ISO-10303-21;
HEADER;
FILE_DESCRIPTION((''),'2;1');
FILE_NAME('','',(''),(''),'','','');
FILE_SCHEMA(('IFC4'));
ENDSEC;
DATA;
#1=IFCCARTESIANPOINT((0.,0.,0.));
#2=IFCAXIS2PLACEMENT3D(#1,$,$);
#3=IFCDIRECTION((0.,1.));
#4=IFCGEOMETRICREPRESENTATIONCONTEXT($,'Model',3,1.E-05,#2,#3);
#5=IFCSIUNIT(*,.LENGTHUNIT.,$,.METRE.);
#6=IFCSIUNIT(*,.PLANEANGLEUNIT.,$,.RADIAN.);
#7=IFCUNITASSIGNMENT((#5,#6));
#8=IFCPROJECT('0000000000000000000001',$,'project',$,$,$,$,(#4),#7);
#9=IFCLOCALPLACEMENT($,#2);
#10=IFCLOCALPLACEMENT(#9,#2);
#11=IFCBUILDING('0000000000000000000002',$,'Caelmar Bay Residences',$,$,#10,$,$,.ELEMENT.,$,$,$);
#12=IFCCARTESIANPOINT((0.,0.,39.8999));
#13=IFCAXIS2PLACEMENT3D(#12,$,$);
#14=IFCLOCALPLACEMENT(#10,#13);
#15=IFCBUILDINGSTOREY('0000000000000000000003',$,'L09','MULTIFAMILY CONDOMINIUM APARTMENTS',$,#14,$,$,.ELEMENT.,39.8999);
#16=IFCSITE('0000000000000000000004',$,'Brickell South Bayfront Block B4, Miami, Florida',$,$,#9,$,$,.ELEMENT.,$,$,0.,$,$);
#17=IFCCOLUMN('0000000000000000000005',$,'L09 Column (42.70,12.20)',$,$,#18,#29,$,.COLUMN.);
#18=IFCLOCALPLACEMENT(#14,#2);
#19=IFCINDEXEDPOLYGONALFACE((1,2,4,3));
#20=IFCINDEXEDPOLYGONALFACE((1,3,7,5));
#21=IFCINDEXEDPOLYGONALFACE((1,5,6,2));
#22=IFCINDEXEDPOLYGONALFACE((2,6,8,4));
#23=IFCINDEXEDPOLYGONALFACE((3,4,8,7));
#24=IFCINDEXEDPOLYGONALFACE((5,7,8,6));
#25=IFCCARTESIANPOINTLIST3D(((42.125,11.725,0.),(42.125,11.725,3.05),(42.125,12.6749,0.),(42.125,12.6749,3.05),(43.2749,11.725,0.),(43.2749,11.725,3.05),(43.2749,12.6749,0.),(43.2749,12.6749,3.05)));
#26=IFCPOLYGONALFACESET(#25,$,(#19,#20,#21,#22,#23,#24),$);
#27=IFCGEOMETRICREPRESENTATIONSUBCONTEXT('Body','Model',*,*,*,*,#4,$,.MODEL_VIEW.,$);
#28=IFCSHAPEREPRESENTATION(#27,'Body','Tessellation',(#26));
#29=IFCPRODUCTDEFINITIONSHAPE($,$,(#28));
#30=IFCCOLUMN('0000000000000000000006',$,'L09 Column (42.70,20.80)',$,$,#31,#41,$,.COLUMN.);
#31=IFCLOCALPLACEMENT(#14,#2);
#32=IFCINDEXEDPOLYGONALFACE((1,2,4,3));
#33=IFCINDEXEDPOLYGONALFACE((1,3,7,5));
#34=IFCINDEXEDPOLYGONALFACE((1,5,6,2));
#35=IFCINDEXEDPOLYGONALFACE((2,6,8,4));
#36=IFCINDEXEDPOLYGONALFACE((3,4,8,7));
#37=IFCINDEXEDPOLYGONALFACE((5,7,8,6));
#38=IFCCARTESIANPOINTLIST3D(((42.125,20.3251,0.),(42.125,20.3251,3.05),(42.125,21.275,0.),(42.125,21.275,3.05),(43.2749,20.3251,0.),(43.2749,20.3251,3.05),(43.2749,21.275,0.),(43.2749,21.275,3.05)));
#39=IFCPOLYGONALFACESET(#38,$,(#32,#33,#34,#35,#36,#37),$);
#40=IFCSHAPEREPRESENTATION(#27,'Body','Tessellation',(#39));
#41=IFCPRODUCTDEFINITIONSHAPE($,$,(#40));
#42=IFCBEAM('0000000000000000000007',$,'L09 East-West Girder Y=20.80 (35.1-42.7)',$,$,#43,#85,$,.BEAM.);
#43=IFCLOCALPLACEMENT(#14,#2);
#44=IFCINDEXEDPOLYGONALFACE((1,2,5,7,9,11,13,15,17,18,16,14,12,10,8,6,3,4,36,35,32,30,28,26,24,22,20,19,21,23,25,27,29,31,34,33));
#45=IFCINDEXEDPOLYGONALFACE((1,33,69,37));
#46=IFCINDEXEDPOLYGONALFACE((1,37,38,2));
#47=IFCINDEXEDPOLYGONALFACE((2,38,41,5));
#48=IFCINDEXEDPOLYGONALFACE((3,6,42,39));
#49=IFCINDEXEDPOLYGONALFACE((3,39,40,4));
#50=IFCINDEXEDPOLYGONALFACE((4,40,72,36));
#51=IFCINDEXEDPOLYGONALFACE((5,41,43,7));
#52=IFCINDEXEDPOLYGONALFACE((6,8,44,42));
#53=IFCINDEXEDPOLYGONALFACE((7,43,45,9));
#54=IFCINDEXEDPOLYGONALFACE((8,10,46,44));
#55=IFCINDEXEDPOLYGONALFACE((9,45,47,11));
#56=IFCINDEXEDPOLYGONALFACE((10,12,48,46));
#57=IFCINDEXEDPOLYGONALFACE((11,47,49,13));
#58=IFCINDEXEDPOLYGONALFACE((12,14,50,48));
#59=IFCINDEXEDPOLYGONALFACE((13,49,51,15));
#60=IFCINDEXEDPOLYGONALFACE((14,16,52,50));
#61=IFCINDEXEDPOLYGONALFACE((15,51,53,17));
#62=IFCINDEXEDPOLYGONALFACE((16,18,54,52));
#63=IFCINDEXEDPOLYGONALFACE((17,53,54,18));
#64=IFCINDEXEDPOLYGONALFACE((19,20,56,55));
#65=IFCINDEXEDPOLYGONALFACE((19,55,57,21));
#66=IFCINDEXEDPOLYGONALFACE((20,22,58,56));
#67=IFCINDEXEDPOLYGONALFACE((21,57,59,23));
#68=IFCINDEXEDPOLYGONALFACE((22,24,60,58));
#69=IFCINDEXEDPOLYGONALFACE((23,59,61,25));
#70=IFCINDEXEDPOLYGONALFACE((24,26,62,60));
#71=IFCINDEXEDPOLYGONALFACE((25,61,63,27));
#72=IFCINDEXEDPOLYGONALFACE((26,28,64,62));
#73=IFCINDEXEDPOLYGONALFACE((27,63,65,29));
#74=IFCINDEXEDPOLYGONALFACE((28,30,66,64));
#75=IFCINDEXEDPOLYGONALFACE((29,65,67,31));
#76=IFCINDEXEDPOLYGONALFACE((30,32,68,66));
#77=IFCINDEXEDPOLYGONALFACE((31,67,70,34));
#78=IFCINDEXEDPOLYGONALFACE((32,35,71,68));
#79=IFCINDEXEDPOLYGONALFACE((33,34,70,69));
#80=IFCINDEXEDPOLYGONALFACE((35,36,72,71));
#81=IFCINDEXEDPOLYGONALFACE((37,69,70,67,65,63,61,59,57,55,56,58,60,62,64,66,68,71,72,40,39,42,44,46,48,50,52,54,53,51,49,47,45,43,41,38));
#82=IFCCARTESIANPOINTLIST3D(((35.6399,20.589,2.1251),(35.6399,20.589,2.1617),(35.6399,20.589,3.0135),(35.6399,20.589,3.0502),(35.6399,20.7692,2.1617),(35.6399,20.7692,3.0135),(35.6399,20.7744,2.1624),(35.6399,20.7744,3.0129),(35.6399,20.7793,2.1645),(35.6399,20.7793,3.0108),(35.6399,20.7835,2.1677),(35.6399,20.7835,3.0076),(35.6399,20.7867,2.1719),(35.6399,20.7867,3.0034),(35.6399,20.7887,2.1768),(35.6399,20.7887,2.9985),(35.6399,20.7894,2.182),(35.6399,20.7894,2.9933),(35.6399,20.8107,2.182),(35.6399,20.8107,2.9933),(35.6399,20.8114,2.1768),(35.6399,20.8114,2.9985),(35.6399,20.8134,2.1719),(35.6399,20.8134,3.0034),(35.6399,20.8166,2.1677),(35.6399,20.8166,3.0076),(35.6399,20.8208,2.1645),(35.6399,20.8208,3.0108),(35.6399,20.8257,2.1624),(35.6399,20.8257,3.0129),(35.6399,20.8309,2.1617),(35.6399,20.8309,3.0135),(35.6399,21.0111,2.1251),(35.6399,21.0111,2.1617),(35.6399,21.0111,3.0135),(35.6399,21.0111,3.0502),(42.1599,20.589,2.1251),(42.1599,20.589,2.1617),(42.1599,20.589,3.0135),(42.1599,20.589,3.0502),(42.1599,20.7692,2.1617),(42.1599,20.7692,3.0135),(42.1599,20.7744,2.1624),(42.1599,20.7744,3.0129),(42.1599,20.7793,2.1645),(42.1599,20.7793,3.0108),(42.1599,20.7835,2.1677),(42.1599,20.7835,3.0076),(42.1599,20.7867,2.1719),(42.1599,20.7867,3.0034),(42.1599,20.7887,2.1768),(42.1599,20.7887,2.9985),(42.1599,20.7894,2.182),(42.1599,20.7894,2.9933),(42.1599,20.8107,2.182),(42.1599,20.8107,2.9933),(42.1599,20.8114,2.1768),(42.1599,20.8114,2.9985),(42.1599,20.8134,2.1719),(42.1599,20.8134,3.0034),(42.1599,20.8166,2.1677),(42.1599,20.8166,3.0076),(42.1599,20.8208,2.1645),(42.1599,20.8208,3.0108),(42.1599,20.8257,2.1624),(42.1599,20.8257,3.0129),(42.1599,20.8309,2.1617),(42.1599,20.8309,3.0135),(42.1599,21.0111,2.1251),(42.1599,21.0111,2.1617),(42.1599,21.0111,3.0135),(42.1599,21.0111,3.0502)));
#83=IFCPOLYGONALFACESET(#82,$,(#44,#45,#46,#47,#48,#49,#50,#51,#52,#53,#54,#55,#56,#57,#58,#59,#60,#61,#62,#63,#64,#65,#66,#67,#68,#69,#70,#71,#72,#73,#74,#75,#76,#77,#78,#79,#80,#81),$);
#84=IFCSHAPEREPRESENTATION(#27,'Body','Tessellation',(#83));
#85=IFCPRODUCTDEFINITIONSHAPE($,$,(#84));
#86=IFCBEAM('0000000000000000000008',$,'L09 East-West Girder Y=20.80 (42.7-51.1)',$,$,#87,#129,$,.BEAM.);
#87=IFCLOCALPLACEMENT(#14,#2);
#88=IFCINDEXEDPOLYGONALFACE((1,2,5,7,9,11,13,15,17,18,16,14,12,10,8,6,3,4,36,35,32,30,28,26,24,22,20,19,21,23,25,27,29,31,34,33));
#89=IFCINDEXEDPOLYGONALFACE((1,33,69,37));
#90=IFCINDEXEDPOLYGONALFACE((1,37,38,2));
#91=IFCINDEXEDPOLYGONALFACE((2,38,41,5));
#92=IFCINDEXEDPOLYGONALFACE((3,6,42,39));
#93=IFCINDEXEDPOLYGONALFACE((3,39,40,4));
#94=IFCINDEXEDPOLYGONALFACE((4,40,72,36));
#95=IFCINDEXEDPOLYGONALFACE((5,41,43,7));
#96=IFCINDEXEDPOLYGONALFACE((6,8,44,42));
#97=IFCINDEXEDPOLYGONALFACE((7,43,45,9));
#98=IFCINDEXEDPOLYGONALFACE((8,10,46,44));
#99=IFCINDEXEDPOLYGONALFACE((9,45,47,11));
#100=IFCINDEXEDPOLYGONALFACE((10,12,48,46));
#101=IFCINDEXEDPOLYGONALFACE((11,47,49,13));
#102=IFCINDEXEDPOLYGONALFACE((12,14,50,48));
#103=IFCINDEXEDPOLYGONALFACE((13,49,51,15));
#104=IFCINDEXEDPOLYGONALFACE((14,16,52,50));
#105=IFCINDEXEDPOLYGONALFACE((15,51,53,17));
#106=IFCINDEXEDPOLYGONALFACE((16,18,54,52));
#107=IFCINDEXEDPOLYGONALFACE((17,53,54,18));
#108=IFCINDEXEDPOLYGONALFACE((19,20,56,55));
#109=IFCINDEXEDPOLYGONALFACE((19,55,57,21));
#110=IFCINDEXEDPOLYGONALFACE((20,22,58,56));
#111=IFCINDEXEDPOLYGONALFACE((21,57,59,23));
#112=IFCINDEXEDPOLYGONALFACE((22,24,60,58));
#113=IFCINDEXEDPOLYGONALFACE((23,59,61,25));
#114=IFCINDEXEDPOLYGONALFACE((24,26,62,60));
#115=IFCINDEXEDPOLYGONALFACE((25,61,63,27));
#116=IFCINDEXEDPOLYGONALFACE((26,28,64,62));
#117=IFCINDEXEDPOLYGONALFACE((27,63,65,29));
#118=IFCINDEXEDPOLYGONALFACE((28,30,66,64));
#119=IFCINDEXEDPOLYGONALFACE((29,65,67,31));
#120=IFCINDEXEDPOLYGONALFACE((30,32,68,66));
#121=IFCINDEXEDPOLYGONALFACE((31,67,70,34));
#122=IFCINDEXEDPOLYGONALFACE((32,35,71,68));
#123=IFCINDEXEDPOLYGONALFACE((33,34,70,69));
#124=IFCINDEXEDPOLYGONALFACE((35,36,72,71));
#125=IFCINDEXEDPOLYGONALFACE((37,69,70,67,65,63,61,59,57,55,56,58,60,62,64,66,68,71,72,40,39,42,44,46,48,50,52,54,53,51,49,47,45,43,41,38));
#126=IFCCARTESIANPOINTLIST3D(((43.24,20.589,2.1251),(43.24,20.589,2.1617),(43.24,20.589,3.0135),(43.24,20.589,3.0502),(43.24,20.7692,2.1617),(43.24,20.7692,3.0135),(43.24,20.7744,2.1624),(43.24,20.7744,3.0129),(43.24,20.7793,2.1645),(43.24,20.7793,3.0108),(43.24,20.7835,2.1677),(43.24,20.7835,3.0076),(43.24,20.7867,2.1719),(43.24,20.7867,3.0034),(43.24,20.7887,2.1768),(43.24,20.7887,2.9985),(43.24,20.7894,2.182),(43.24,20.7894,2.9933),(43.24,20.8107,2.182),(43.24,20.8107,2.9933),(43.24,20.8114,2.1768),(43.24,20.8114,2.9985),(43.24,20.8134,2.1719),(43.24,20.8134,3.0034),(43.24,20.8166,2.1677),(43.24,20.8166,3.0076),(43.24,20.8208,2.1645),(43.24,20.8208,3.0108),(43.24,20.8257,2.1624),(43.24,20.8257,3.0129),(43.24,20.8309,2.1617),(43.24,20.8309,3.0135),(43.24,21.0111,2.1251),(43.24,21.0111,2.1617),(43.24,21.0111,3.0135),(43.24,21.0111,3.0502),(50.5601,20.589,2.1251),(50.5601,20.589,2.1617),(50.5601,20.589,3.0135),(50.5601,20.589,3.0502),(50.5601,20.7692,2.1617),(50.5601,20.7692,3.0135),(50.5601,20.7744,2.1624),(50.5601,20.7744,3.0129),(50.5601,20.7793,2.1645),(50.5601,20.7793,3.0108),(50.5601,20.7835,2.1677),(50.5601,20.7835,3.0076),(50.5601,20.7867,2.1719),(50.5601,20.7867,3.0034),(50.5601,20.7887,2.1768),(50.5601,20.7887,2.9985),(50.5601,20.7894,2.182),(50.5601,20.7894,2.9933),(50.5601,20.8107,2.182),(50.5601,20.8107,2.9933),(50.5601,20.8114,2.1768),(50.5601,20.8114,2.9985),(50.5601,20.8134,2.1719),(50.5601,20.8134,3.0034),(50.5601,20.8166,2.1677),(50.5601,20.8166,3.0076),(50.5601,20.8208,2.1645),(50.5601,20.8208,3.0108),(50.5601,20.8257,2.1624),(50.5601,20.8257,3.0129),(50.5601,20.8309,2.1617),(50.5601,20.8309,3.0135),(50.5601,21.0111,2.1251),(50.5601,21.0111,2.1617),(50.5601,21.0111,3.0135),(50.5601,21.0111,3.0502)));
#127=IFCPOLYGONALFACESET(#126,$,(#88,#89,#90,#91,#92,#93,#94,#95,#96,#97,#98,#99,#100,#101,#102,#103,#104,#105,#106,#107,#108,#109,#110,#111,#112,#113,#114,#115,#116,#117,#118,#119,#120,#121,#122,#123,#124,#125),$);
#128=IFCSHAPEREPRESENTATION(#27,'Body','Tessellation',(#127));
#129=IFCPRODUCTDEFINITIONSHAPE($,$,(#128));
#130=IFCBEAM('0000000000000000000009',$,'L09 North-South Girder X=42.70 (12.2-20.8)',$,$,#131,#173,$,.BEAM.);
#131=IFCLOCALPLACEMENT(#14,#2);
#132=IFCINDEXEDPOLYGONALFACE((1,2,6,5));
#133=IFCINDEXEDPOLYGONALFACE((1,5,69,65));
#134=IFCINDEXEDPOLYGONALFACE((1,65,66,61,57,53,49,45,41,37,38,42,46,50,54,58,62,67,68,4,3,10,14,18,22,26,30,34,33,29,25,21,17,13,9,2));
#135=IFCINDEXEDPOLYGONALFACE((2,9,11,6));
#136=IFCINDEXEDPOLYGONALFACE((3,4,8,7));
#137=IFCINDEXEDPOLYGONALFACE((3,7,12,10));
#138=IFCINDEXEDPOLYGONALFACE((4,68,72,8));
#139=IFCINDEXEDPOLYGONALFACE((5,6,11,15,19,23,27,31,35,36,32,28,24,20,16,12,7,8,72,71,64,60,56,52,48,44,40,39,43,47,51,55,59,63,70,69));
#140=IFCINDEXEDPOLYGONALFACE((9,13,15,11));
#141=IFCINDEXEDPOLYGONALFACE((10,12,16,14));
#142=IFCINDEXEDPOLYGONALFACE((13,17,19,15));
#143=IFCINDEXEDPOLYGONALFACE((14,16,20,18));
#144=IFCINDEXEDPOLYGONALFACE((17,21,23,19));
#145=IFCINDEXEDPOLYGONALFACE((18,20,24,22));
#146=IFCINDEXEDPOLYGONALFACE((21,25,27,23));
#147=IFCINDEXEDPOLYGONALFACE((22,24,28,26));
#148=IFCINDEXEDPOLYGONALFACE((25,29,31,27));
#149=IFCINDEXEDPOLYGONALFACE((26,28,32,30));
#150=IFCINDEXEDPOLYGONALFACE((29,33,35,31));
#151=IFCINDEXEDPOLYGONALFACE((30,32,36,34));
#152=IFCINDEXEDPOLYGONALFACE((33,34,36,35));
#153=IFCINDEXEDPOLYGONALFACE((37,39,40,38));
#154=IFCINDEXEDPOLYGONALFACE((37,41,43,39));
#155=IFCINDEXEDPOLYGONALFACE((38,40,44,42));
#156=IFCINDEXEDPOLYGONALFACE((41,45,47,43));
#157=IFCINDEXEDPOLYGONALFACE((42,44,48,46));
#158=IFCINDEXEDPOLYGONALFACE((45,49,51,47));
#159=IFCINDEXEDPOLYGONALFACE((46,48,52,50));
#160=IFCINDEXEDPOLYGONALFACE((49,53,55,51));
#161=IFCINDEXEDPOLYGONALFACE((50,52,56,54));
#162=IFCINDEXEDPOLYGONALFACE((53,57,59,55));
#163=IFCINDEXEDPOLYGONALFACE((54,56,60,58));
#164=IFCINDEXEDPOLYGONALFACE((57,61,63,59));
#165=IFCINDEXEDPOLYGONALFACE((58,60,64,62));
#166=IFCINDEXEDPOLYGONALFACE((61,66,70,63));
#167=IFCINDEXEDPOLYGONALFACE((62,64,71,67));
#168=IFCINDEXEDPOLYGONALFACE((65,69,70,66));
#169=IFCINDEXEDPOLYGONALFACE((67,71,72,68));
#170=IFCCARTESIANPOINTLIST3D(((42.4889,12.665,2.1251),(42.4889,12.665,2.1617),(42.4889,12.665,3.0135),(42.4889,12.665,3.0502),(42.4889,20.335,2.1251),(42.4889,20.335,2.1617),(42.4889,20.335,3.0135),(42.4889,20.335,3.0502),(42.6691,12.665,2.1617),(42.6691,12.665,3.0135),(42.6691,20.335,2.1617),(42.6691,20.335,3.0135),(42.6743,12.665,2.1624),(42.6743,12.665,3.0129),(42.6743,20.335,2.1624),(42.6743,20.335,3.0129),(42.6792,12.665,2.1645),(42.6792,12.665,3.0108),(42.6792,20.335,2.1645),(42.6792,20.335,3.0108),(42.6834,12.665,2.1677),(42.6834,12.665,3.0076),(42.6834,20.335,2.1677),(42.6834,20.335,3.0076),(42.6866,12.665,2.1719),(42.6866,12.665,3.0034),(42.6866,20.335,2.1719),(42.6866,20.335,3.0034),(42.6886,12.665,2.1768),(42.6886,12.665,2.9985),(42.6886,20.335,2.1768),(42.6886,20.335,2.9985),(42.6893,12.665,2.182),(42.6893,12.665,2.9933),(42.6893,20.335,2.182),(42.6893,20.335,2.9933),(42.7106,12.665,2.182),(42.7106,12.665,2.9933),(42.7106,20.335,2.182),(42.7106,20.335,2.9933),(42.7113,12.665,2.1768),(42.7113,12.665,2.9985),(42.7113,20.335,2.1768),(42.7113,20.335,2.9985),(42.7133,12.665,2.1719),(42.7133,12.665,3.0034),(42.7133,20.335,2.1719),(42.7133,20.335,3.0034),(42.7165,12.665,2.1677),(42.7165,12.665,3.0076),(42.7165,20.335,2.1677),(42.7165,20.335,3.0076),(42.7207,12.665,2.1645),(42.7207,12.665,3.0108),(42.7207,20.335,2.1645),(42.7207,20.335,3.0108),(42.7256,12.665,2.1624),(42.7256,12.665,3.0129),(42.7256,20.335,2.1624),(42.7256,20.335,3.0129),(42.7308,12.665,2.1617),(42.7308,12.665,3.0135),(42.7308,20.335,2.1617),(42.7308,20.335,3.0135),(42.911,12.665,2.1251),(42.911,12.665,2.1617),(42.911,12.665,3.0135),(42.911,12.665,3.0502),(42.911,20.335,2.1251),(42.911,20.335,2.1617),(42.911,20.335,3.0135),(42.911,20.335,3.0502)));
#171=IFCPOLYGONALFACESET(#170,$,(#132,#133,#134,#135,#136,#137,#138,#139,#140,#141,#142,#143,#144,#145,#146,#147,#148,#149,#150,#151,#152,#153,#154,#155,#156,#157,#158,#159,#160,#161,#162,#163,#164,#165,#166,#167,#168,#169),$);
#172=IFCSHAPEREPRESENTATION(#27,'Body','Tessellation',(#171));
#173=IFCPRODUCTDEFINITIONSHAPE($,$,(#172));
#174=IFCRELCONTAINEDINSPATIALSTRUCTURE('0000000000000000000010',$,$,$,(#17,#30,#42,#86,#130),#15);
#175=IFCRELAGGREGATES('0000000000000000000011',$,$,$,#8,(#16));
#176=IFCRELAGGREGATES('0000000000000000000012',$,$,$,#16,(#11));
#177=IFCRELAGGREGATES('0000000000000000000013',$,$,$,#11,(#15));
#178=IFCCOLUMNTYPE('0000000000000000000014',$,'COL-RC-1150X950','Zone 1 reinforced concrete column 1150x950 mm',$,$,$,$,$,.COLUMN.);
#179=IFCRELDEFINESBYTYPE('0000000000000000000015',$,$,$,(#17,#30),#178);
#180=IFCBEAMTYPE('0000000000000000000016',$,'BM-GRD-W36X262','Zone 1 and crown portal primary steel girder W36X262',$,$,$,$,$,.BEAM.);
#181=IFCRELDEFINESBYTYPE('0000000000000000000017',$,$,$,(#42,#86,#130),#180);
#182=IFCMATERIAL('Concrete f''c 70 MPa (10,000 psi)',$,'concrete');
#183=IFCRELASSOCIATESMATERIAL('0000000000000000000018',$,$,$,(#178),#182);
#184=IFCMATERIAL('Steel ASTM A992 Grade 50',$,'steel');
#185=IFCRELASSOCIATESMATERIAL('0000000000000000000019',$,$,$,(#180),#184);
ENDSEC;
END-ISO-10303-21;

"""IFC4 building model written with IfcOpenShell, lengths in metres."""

from ifc_helpers import new_model, si_unit, direction, frame, origin, origin_2d, place, context, subcontext, project, spatial, rectangle, i_section, extrude, material, material_profile, profile_set, type_object, element, save


model = new_model("IFC4")

# Units and contexts
model_context = context("Model", 3, precision=1e-05, world=origin(), true_north=direction((0.0, 1.0)))
body_context = subcontext(model_context, "Body", "Model", "MODEL_VIEW")
ifc_project = project(units=[si_unit("LENGTHUNIT", "METRE"), si_unit("PLANEANGLEUNIT", "RADIAN")], contexts=[model_context])

# Site, building, storey
site_placement = place(None, origin())
site = spatial("IfcSite", under=ifc_project, at=site_placement, Name="Brickell South Bayfront Block B4, Miami, Florida", CompositionType="ELEMENT", RefElevation=0.0)
building_placement = place(site_placement, origin())
building = spatial("IfcBuilding", under=site, at=building_placement, Name="Caelmar Bay Residences", CompositionType="ELEMENT")
storey_placement = place(building_placement, frame((0.0, 0.0, 39.8999)))
storey = spatial("IfcBuildingStorey", under=building, at=storey_placement, Name="L09", Description="MULTIFAMILY CONDOMINIUM APARTMENTS", CompositionType="ELEMENT", Elevation=39.8999)

# Columns
ifc_material_1 = material(Name="Concrete f'c 70 MPa (10,000 psi)", Category="concrete")
ifc_material_profile_1 = material_profile(ifc_material_1, rectangle(XDim=1.1499, YDim=0.95, at=origin_2d()), Name="RC-COL-1150X950")
ifc_profile_set_1 = profile_set([ifc_material_profile_1], Name="Concrete f'c 70 MPa (10,000 psi)")
column_type = type_object("IfcColumnType", Name="COL-RC-1150X950", Description="Zone 1 reinforced concrete column 1150x950 mm", PredefinedType="COLUMN", material=ifc_profile_set_1)
for number, where, z_axis, x_axis, name in (
    (1, (42.7, 12.2, 0.0), (0.0, 0.0, 1.0), (1.0, 0.0, 0.0), "L09 Column (42.70,12.20)"),
    (2, (42.7, 20.8, 0.0), (0.0, 0.0, 1.0), (1.0, 0.0, 0.0), "L09 Column (42.70,20.80)"),
):
    element("IfcColumn", number, at=place(storey_placement, frame(where, z_axis=z_axis, x_axis=x_axis)), inside=storey, type_object=column_type, Name=name, PredefinedType="COLUMN", context=body_context, shape_type="SweptSolid", body=[
        extrude(rectangle(XDim=1.1499, YDim=0.95, at=origin_2d()), origin(), (0.0, 0.0, 1.0), 3.05),
    ])

# Beams
ifc_material_2 = material(Name="Steel ASTM A992 Grade 50", Category="steel")
ifc_material_profile_2 = material_profile(ifc_material_2, i_section(OverallWidth=0.4221, OverallDepth=0.925, WebThickness=0.0212, FlangeThickness=0.0366, FilletRadius=0.0203, at=origin_2d()), Name="W36X262")
ifc_profile_set_2 = profile_set([ifc_material_profile_2], Name="Steel ASTM A992 Grade 50")
beam_type_1 = type_object("IfcBeamType", Name="BM-GRD-W36X262", Description="Zone 1 and crown portal primary steel girder W36X262", PredefinedType="BEAM", material=ifc_profile_set_2)
beam_1_placement = place(storey_placement, frame((35.6399, 20.8, 2.5876), z_axis=(1.0, 0.0, 0.0), x_axis=(0.0, 1.0, 0.0)))
element("IfcBeam", 3, at=beam_1_placement, inside=storey, type_object=beam_type_1, Name="L09 East-West Girder Y=20.80 (35.1-42.7)", PredefinedType="BEAM", context=body_context, shape_type="SweptSolid", body=[
    extrude(i_section(OverallWidth=0.4221, OverallDepth=0.925, WebThickness=0.0212, FlangeThickness=0.0366, FilletRadius=0.0203, at=origin_2d()), origin(), (0.0, 0.0, 1.0), 6.52),
])
beam_2_placement = place(storey_placement, frame((43.24, 20.8, 2.5876), z_axis=(1.0, 0.0, 0.0), x_axis=(0.0, 1.0, 0.0)))
element("IfcBeam", 4, at=beam_2_placement, inside=storey, type_object=beam_type_1, Name="L09 East-West Girder Y=20.80 (42.7-51.1)", PredefinedType="BEAM", context=body_context, shape_type="SweptSolid", body=[
    extrude(i_section(OverallWidth=0.4221, OverallDepth=0.925, WebThickness=0.0212, FlangeThickness=0.0366, FilletRadius=0.0203, at=origin_2d()), origin(), (0.0, 0.0, 1.0), 7.3201),
])
beam_3_placement = place(storey_placement, frame((42.7, 12.665, 2.5876), z_axis=(0.0, 1.0, 0.0), x_axis=(-1.0, 0.0, 0.0)))
element("IfcBeam", 5, at=beam_3_placement, inside=storey, type_object=beam_type_1, Name="L09 North-South Girder X=42.70 (12.2-20.8)", PredefinedType="BEAM", context=body_context, shape_type="SweptSolid", body=[
    extrude(i_section(OverallWidth=0.4221, OverallDepth=0.925, WebThickness=0.0212, FlangeThickness=0.0366, FilletRadius=0.0203, at=origin_2d()), origin(), (0.0, 0.0, 1.0), 7.6699),
])

save(model, "model.ifc")
